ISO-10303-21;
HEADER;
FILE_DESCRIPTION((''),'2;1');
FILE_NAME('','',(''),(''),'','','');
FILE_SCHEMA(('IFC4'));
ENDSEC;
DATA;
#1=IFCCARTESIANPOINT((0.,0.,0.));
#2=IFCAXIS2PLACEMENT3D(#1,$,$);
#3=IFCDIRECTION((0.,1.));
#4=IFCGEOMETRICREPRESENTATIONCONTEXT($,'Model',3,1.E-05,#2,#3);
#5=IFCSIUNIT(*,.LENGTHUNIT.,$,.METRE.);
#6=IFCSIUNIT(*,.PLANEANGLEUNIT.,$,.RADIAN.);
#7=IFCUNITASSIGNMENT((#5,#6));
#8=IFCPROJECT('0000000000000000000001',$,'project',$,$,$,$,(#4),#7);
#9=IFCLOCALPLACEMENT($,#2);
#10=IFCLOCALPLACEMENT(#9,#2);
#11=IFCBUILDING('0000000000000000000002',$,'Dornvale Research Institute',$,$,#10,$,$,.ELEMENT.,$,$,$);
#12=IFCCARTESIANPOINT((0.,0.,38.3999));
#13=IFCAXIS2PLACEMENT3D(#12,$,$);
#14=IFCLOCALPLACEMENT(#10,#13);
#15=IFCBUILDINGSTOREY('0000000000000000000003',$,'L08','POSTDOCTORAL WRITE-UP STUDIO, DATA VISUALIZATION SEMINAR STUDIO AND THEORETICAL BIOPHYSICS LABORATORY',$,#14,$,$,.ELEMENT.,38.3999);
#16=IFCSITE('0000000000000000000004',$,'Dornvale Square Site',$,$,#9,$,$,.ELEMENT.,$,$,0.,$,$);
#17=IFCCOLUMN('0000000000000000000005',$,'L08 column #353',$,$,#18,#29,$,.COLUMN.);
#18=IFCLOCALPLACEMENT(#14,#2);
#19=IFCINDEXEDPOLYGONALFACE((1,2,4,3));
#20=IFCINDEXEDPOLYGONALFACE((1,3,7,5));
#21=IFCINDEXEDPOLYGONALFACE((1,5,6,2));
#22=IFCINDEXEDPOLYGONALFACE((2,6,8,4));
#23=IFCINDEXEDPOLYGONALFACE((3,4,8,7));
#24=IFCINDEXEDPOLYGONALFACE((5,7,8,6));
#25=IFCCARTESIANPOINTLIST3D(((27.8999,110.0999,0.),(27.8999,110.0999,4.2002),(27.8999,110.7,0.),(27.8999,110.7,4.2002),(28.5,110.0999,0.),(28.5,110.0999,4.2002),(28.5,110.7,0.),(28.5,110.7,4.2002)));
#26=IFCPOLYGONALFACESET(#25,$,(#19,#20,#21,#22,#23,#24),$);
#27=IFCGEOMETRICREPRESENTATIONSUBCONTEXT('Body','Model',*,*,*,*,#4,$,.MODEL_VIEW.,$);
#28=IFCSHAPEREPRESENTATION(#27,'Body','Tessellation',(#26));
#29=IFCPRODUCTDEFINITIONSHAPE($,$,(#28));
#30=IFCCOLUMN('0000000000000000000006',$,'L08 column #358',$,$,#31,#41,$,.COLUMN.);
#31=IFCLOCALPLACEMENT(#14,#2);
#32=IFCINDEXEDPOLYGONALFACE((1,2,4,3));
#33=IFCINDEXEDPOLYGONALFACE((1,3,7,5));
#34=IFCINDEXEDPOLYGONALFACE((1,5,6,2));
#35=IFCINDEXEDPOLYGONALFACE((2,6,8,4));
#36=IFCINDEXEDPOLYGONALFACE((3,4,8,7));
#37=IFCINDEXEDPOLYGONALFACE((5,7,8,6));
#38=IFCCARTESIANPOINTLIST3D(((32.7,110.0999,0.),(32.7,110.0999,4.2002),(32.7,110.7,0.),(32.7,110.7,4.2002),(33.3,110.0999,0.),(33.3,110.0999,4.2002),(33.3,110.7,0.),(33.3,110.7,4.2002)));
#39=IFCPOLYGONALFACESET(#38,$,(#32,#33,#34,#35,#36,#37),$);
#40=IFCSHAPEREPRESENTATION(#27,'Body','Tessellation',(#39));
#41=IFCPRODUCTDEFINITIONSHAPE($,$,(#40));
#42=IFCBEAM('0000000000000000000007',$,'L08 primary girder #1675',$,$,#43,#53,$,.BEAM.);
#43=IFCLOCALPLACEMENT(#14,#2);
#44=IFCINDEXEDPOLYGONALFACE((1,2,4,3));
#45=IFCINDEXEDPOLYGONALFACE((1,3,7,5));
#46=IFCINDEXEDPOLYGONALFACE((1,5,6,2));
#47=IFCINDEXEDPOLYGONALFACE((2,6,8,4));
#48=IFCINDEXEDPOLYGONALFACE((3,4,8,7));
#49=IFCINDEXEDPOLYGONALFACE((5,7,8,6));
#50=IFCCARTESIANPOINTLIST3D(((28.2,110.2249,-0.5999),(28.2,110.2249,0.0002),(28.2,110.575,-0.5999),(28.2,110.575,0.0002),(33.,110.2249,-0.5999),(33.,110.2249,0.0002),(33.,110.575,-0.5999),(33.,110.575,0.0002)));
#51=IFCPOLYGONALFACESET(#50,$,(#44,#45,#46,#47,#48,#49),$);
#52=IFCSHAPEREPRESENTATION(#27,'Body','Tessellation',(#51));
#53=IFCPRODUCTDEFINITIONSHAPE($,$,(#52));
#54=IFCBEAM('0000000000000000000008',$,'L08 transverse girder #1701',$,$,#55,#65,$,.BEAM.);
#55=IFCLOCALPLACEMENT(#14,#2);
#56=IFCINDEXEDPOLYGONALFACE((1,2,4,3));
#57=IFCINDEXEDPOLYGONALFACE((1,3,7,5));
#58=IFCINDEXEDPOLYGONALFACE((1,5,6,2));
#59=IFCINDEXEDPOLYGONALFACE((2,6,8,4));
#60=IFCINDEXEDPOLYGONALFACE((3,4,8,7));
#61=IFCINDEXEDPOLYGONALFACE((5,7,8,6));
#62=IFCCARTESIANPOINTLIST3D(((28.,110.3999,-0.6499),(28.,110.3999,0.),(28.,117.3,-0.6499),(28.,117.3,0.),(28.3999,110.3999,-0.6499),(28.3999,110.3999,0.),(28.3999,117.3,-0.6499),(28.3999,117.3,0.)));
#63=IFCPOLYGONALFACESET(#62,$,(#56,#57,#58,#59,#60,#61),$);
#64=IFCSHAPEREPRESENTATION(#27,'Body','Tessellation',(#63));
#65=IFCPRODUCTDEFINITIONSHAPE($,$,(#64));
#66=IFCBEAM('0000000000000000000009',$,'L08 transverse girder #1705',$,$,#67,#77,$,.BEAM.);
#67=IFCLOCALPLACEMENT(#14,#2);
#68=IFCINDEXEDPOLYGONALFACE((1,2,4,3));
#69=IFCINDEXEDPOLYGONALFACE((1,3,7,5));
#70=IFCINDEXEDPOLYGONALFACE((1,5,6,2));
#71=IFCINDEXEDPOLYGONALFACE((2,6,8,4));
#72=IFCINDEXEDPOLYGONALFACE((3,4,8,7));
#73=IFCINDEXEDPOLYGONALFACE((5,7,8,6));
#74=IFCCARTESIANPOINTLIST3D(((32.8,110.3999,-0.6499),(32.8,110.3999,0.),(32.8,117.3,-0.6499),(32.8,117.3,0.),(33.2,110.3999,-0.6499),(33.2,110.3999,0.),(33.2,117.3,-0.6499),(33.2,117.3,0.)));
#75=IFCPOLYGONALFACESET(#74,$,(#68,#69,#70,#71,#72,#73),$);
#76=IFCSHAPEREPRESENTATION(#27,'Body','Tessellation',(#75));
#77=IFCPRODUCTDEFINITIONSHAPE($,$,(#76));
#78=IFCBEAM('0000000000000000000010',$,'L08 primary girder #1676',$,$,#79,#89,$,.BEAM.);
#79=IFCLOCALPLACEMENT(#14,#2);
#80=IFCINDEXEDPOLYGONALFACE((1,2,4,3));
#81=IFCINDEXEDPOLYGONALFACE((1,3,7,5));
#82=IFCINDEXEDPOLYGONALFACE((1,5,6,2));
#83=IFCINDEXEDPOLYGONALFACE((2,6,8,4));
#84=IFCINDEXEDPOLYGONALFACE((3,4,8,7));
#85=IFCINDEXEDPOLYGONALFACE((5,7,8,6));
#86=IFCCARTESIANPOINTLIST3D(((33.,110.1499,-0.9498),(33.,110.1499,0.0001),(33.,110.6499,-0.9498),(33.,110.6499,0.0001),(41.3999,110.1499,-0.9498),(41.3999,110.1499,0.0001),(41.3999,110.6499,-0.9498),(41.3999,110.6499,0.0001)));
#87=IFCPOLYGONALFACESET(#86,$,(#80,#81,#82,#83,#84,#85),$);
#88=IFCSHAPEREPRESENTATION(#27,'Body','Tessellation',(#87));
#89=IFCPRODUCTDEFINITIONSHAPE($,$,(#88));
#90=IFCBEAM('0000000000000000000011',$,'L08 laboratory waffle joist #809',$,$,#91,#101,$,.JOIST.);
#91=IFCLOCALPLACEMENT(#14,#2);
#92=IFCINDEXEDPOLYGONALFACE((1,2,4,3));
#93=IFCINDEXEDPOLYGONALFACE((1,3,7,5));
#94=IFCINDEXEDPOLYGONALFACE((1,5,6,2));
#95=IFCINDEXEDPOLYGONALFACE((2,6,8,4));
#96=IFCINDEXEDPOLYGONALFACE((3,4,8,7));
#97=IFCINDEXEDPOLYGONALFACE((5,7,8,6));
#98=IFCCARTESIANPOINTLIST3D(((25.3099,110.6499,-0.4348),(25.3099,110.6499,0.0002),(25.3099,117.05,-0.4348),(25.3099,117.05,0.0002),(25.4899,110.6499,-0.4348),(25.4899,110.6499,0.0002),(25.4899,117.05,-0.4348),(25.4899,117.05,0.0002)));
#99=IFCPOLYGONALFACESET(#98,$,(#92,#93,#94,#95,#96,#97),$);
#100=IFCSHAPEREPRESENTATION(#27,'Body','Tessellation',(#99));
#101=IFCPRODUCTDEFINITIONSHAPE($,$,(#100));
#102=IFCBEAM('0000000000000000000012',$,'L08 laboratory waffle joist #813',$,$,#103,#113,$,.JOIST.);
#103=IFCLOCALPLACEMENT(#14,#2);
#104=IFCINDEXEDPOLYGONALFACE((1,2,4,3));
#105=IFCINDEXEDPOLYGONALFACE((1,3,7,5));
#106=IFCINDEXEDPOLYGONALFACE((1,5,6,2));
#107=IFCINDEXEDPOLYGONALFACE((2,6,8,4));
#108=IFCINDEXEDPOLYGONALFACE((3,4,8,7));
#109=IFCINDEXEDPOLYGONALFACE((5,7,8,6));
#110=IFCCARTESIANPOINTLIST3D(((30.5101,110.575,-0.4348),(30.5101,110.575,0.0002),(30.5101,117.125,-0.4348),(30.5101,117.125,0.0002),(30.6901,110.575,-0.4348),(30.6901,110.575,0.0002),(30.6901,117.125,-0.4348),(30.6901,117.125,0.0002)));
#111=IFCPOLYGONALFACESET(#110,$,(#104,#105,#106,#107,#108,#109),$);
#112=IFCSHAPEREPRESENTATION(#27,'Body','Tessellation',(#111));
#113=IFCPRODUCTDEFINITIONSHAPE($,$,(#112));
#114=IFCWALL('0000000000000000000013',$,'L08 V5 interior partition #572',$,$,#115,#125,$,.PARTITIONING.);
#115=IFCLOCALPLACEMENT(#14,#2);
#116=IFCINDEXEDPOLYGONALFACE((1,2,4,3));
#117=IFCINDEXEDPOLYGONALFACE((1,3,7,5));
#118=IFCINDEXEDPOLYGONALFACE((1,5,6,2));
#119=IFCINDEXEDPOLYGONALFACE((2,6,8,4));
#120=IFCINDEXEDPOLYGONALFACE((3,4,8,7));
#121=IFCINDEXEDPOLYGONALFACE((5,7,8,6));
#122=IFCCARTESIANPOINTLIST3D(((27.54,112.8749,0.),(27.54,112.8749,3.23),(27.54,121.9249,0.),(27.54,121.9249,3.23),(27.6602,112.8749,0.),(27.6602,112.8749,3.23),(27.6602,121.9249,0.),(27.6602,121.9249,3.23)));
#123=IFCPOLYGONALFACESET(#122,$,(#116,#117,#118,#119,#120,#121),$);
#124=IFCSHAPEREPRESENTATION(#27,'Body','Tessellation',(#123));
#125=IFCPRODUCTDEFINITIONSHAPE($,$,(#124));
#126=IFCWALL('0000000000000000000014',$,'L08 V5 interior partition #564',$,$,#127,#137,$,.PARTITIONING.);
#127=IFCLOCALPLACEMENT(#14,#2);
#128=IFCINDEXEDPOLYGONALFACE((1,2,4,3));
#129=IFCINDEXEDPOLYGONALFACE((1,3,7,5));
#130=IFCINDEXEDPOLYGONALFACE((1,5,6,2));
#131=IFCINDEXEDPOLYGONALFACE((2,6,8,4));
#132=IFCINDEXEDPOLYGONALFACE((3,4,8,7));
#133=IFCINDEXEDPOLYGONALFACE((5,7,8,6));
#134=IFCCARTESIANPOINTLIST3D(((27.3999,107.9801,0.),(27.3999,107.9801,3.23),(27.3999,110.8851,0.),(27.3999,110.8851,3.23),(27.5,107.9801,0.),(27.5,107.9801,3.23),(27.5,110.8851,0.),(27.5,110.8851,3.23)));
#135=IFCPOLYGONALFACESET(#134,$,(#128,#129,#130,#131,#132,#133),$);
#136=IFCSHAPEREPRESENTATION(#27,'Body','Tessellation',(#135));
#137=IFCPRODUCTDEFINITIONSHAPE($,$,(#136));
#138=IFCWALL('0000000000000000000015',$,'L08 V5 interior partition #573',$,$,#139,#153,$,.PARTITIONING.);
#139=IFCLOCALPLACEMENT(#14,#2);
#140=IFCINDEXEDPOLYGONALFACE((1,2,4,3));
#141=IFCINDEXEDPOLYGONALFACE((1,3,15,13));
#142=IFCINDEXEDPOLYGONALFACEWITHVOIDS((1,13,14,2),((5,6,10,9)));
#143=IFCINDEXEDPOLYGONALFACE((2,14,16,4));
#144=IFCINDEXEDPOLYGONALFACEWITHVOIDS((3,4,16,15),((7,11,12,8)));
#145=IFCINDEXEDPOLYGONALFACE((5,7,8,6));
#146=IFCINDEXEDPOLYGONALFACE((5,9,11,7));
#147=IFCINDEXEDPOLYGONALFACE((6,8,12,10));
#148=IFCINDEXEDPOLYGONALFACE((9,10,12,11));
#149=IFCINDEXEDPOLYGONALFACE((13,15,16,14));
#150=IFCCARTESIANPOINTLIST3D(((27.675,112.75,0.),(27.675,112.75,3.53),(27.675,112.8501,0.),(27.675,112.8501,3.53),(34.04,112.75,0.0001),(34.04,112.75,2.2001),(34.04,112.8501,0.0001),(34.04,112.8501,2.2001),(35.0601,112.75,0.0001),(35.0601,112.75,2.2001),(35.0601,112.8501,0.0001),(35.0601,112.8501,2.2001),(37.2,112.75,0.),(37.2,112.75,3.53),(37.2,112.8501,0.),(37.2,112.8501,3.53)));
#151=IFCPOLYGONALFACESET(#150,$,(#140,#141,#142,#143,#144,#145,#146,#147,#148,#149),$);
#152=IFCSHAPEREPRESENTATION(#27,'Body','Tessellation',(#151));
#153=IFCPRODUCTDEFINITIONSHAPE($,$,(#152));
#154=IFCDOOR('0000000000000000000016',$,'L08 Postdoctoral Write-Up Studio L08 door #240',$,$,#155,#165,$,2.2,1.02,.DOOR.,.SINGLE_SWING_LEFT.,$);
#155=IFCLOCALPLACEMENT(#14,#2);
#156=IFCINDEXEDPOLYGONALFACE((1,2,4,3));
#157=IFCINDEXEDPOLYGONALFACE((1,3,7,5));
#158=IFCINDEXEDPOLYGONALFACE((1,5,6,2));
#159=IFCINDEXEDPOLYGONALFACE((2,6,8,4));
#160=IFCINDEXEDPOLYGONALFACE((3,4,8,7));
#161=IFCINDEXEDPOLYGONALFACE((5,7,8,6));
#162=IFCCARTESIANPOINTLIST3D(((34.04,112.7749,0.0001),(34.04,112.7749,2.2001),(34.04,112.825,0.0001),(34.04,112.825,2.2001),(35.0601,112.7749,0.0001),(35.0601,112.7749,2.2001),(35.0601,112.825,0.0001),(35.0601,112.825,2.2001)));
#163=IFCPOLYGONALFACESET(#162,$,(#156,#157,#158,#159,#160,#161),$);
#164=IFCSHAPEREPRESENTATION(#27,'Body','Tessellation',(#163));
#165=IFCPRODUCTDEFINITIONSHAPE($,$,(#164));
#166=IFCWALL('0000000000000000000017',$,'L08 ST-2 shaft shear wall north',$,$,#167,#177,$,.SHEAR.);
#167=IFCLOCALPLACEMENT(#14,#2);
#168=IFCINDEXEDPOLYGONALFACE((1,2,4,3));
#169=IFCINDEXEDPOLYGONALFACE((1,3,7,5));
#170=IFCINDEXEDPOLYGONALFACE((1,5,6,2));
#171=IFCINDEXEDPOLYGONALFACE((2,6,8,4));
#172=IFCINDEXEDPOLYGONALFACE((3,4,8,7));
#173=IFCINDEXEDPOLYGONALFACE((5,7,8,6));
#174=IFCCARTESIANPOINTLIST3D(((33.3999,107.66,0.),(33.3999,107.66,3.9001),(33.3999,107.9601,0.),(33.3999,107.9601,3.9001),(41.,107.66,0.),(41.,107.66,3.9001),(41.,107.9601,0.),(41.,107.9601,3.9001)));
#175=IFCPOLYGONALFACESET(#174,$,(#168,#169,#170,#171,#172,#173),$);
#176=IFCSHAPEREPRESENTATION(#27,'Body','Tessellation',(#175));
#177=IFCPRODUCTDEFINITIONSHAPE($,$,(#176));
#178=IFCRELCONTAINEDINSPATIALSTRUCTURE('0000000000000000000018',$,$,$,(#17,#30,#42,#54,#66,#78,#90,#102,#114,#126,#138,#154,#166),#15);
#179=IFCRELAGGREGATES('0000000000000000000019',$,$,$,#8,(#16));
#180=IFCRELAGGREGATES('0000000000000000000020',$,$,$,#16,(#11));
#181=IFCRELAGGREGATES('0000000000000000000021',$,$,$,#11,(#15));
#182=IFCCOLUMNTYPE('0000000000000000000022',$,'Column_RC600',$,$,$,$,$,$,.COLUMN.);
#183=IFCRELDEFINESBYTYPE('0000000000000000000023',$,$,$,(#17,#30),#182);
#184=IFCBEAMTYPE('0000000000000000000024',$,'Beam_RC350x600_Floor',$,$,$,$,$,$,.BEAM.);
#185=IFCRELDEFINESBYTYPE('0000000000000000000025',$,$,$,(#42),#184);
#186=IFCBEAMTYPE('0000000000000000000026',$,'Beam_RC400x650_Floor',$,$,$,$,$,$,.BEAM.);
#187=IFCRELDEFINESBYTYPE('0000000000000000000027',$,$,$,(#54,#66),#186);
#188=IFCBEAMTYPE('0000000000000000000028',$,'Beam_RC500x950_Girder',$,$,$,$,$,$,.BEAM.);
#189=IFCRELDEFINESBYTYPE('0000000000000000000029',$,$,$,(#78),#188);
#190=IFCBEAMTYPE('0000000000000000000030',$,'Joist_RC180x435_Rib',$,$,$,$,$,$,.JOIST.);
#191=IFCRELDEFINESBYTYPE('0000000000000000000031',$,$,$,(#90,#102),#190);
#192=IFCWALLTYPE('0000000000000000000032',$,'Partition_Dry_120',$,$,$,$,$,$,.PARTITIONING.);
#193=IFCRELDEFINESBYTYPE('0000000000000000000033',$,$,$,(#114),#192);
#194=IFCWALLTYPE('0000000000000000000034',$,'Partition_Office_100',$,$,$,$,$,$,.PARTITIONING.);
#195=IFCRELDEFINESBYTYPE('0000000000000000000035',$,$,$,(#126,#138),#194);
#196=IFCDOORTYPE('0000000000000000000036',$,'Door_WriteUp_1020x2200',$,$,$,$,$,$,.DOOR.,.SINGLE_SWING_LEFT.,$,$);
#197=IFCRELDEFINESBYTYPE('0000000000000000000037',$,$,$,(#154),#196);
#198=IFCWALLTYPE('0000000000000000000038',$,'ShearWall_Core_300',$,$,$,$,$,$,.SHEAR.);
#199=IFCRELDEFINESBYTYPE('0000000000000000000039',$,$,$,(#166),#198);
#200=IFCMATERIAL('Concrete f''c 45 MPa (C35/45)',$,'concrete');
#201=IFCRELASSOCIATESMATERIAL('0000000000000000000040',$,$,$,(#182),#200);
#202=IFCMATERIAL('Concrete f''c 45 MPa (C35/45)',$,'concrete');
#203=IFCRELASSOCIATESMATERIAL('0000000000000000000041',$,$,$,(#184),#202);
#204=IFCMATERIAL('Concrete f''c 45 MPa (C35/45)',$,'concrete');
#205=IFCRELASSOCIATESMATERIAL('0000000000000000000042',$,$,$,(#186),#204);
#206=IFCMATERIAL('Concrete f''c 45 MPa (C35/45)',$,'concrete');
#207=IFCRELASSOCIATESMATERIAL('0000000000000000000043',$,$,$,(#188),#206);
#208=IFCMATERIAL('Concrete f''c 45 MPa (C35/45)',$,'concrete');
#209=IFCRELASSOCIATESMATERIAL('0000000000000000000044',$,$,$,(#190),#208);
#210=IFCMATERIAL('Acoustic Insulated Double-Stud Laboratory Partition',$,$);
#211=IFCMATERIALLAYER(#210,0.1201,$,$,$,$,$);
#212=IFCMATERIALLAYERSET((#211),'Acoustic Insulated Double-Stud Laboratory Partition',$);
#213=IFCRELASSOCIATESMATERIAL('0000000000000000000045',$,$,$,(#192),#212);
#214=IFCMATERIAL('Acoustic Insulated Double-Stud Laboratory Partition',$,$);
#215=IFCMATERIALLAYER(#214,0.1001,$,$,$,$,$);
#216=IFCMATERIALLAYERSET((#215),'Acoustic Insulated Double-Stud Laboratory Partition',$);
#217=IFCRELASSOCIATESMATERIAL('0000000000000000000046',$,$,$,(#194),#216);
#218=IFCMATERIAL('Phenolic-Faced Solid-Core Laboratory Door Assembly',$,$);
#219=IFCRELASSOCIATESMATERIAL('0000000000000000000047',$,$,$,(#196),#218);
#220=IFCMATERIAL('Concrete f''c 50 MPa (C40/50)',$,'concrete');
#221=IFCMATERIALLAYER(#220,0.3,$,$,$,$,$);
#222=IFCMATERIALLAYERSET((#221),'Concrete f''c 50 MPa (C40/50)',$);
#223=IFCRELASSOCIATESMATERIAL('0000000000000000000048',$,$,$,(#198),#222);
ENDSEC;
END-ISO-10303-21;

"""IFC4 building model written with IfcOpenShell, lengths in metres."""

from ifc_helpers import new_model, si_unit, direction, frame, frame_2d, origin, origin_2d, place, context, subcontext, project, spatial, rectangle, extrude, material, layer, layer_set, material_profile, profile_set, type_object, element, fill, save


model = new_model("IFC4")

# Units and contexts
model_context = context("Model", 3, precision=1e-05, world=origin(), true_north=direction((0.0, 1.0)))
body_context = subcontext(model_context, "Body", "Model", "MODEL_VIEW")
ifc_project = project(units=[si_unit("LENGTHUNIT", "METRE"), si_unit("PLANEANGLEUNIT", "RADIAN")], contexts=[model_context])

# Site, building, storey
site_placement = place(None, origin())
site = spatial("IfcSite", under=ifc_project, at=site_placement, Name="Dornvale Square Site", CompositionType="ELEMENT", RefElevation=0.0)
building_placement = place(site_placement, origin())
building = spatial("IfcBuilding", under=site, at=building_placement, Name="Dornvale Research Institute", CompositionType="ELEMENT")
storey_placement = place(building_placement, frame((0.0, 0.0, 38.3999)))
storey = spatial("IfcBuildingStorey", under=building, at=storey_placement, Name="L08", Description="POSTDOCTORAL WRITE-UP STUDIO, DATA VISUALIZATION SEMINAR STUDIO AND THEORETICAL BIOPHYSICS LABORATORY", CompositionType="ELEMENT", Elevation=38.3999)

# Columns
ifc_material_1 = material(Name="Concrete f'c 45 MPa (C35/45)", Category="concrete")
ifc_material_profile_1 = material_profile(ifc_material_1, rectangle(XDim=0.6001, YDim=0.6001, at=origin_2d()), Name="RC 600x600")
ifc_profile_set_1 = profile_set([ifc_material_profile_1], Name="Concrete f'c 45 MPa (C35/45)")
column_type = type_object("IfcColumnType", Name="Column_RC600", PredefinedType="COLUMN", material=ifc_profile_set_1)
for number, where, z_axis, x_axis, name in (
    (1, (28.2, 110.3999, 0.0), (0.0, 0.0, 1.0), (1.0, 0.0, 0.0), "L08 column #353"),
    (2, (33.0, 110.3999, 0.0), (0.0, 0.0, 1.0), (1.0, 0.0, 0.0), "L08 column #358"),
):
    element("IfcColumn", number, at=place(storey_placement, frame(where, z_axis=z_axis, x_axis=x_axis)), inside=storey, type_object=column_type, Name=name, PredefinedType="COLUMN", context=body_context, shape_type="SweptSolid", body=[
        extrude(rectangle(XDim=0.6001, YDim=0.6001, at=origin_2d()), origin(), (0.0, 0.0, 1.0), 4.2002),
    ])

# Beams
ifc_material_2 = material(Name="Concrete f'c 45 MPa (C35/45)", Category="concrete")
ifc_material_profile_2 = material_profile(ifc_material_2, rectangle(XDim=0.3501, YDim=0.6001, at=origin_2d()), Name="RC 350x600")
ifc_profile_set_2 = profile_set([ifc_material_profile_2], Name="Concrete f'c 45 MPa (C35/45)")
beam_type_1 = type_object("IfcBeamType", Name="Beam_RC350x600_Floor", PredefinedType="BEAM", material=ifc_profile_set_2)
beam_1_placement = place(storey_placement, frame((28.2, 110.3999, -0.2998), z_axis=(1.0, 0.0, 0.0), x_axis=(0.0, 1.0, 0.0)))
element("IfcBeam", 3, at=beam_1_placement, inside=storey, type_object=beam_type_1, Name="L08 primary girder #1675", PredefinedType="BEAM", context=body_context, shape_type="SweptSolid", body=[
    extrude(rectangle(XDim=0.3501, YDim=0.6001, at=origin_2d()), origin(), (0.0, 0.0, 1.0), 4.8),
])
ifc_material_3 = material(Name="Concrete f'c 45 MPa (C35/45)", Category="concrete")
ifc_material_profile_3 = material_profile(ifc_material_3, rectangle(XDim=0.3999, YDim=0.6499, at=origin_2d()), Name="RC 400x650")
ifc_profile_set_3 = profile_set([ifc_material_profile_3], Name="Concrete f'c 45 MPa (C35/45)")
beam_type_2 = type_object("IfcBeamType", Name="Beam_RC400x650_Floor", PredefinedType="BEAM", material=ifc_profile_set_3)
for number, where, z_axis, x_axis, name in (
    (4, (28.2, 110.3999, -0.325), (0.0, 1.0, 0.0), (-1.0, 0.0, 0.0), "L08 transverse girder #1701"),
    (5, (33.0, 110.3999, -0.325), (0.0, 1.0, 0.0), (-1.0, 0.0, 0.0), "L08 transverse girder #1705"),
):
    element("IfcBeam", number, at=place(storey_placement, frame(where, z_axis=z_axis, x_axis=x_axis)), inside=storey, type_object=beam_type_2, Name=name, PredefinedType="BEAM", context=body_context, shape_type="SweptSolid", body=[
        extrude(rectangle(XDim=0.3999, YDim=0.6499, at=origin_2d()), origin(), (0.0, 0.0, 1.0), 6.9001),
    ])
ifc_material_4 = material(Name="Concrete f'c 45 MPa (C35/45)", Category="concrete")
ifc_material_profile_4 = material_profile(ifc_material_4, rectangle(XDim=0.5, YDim=0.95, at=origin_2d()), Name="RC 500x950")
ifc_profile_set_4 = profile_set([ifc_material_profile_4], Name="Concrete f'c 45 MPa (C35/45)")
beam_type_3 = type_object("IfcBeamType", Name="Beam_RC500x950_Girder", PredefinedType="BEAM", material=ifc_profile_set_4)
beam_2_placement = place(storey_placement, frame((33.0, 110.3999, -0.4749), z_axis=(1.0, 0.0, 0.0), x_axis=(0.0, 1.0, 0.0)))
element("IfcBeam", 6, at=beam_2_placement, inside=storey, type_object=beam_type_3, Name="L08 primary girder #1676", PredefinedType="BEAM", context=body_context, shape_type="SweptSolid", body=[
    extrude(rectangle(XDim=0.5, YDim=0.95, at=origin_2d()), origin(), (0.0, 0.0, 1.0), 8.3999),
])
ifc_material_5 = material(Name="Concrete f'c 45 MPa (C35/45)", Category="concrete")
ifc_material_profile_5 = material_profile(ifc_material_5, rectangle(XDim=0.1799, YDim=0.4351, at=origin_2d()), Name="RC 180x435")
ifc_profile_set_5 = profile_set([ifc_material_profile_5], Name="Concrete f'c 45 MPa (C35/45)")
beam_type_4 = type_object("IfcBeamType", Name="Joist_RC180x435_Rib", PredefinedType="JOIST", material=ifc_profile_set_5)
beam_3_placement = place(storey_placement, frame((25.3999, 110.6499, -0.2173), z_axis=(0.0, 1.0, 0.0), x_axis=(-1.0, 0.0, 0.0)))
element("IfcBeam", 7, at=beam_3_placement, inside=storey, type_object=beam_type_4, Name="L08 laboratory waffle joist #809", PredefinedType="JOIST", context=body_context, shape_type="SweptSolid", body=[
    extrude(rectangle(XDim=0.1799, YDim=0.4351, at=origin_2d()), origin(), (0.0, 0.0, 1.0), 6.4001),
])
beam_4_placement = place(storey_placement, frame((30.6001, 110.575, -0.2173), z_axis=(0.0, 1.0, 0.0), x_axis=(-1.0, 0.0, 0.0)))
element("IfcBeam", 8, at=beam_4_placement, inside=storey, type_object=beam_type_4, Name="L08 laboratory waffle joist #813", PredefinedType="JOIST", context=body_context, shape_type="SweptSolid", body=[
    extrude(rectangle(XDim=0.1799, YDim=0.4351, at=origin_2d()), origin(), (0.0, 0.0, 1.0), 6.55),
])

# Walls
ifc_material_6 = material(Name="Acoustic Insulated Double-Stud Laboratory Partition")
ifc_layer_1 = layer(ifc_material_6, 0.1201)
ifc_layer_set_1 = layer_set([ifc_layer_1], Name="Acoustic Insulated Double-Stud Laboratory Partition")
wall_type_1 = type_object("IfcWallType", Name="Partition_Dry_120", PredefinedType="PARTITIONING", material=ifc_layer_set_1)
wall_1_placement = place(storey_placement, frame((27.6001, 112.875, 0.0), z_axis=(0.0, 0.0, 1.0), x_axis=(0.0, 1.0, 0.0)))
element("IfcWall", 9, at=wall_1_placement, inside=storey, type_object=wall_type_1, Name="L08 V5 interior partition #572", PredefinedType="PARTITIONING", context=body_context, shape_type="SweptSolid", body=[
    extrude(rectangle(XDim=9.05, YDim=0.1201, at=frame_2d((4.5249, 0.0))), origin(), (0.0, 0.0, 1.0), 3.23),
])
ifc_material_7 = material(Name="Acoustic Insulated Double-Stud Laboratory Partition")
ifc_layer_2 = layer(ifc_material_7, 0.1001)
ifc_layer_set_2 = layer_set([ifc_layer_2], Name="Acoustic Insulated Double-Stud Laboratory Partition")
wall_type_2 = type_object("IfcWallType", Name="Partition_Office_100", PredefinedType="PARTITIONING", material=ifc_layer_set_2)
wall_2_placement = place(storey_placement, frame((27.45, 107.98, 0.0), z_axis=(0.0, 0.0, 1.0), x_axis=(0.0, 1.0, 0.0)))
element("IfcWall", 10, at=wall_2_placement, inside=storey, type_object=wall_type_2, Name="L08 V5 interior partition #564", PredefinedType="PARTITIONING", context=body_context, shape_type="SweptSolid", body=[
    extrude(rectangle(XDim=2.905, YDim=0.1001, at=frame_2d((1.4526, 0.0))), origin(), (0.0, 0.0, 1.0), 3.23),
])

# Wall, opening, door
wall_3_placement = place(storey_placement, frame((27.675, 112.8, 0.0), z_axis=(0.0, 0.0, 1.0), x_axis=(1.0, 0.0, 0.0)))
wall_3 = element("IfcWall", 11, at=wall_3_placement, inside=storey, type_object=wall_type_2, Name="L08 V5 interior partition #573", PredefinedType="PARTITIONING", context=body_context, shape_type="SweptSolid", body=[
    extrude(rectangle(XDim=9.5249, YDim=0.1001, at=frame_2d((4.7625, 0.0))), origin(), (0.0, 0.0, 1.0), 3.53),
])
opening_1_placement = place(wall_3_placement, frame((6.365, 0.0, 0.0)))
opening_1 = element("IfcOpeningElement", 12, at=opening_1_placement, cuts=wall_3, PredefinedType="OPENING", context=body_context, shape_type="SweptSolid", body=[
    extrude(rectangle(XDim=1.02, YDim=2.2, at=frame_2d((0.51, 1.1001))), frame((0.0, 0.0649, 0.0), z_axis=(0.0, -1.0, 0.0), x_axis=(1.0, 0.0, 0.0)), (0.0, 0.0, 1.0), 0.1301),
])
ifc_material_8 = material(Name="Phenolic-Faced Solid-Core Laboratory Door Assembly")
door_type_1 = type_object("IfcDoorType", Name="Door_WriteUp_1020x2200", OperationType="SINGLE_SWING_LEFT", PredefinedType="DOOR", material=ifc_material_8)
door_1_placement = place(opening_1_placement, origin())
door_1 = element("IfcDoor", 13, at=door_1_placement, inside=storey, type_object=door_type_1, Name="L08 Postdoctoral Write-Up Studio L08 door #240", OperationType="SINGLE_SWING_LEFT", OverallHeight=2.2, OverallWidth=1.02, PredefinedType="DOOR", context=body_context, shape_type="SweptSolid", body=[
    extrude(rectangle(XDim=1.02, YDim=2.2, at=frame_2d((0.51, 1.1001))), frame((0.0, 0.0249, 0.0), z_axis=(0.0, -1.0, 0.0), x_axis=(1.0, 0.0, 0.0)), (0.0, 0.0, 1.0), 0.05),
])
fill(opening_1, door_1)

# Wall
ifc_material_9 = material(Name="Concrete f'c 50 MPa (C40/50)", Category="concrete")
ifc_layer_3 = layer(ifc_material_9, 0.3)
ifc_layer_set_3 = layer_set([ifc_layer_3], Name="Concrete f'c 50 MPa (C40/50)")
wall_type_3 = type_object("IfcWallType", Name="ShearWall_Core_300", PredefinedType="SHEAR", material=ifc_layer_set_3)
wall_4_placement = place(storey_placement, frame((33.3999, 107.8101, 0.0), z_axis=(0.0, 0.0, 1.0), x_axis=(1.0, 0.0, 0.0)))
element("IfcWall", 14, at=wall_4_placement, inside=storey, type_object=wall_type_3, Name="L08 ST-2 shaft shear wall north", PredefinedType="SHEAR", context=body_context, shape_type="SweptSolid", body=[
    extrude(rectangle(XDim=7.6001, YDim=0.3, at=frame_2d((3.8, 0.0))), origin(), (0.0, 0.0, 1.0), 3.9001),
])

save(model, "model.ifc")
